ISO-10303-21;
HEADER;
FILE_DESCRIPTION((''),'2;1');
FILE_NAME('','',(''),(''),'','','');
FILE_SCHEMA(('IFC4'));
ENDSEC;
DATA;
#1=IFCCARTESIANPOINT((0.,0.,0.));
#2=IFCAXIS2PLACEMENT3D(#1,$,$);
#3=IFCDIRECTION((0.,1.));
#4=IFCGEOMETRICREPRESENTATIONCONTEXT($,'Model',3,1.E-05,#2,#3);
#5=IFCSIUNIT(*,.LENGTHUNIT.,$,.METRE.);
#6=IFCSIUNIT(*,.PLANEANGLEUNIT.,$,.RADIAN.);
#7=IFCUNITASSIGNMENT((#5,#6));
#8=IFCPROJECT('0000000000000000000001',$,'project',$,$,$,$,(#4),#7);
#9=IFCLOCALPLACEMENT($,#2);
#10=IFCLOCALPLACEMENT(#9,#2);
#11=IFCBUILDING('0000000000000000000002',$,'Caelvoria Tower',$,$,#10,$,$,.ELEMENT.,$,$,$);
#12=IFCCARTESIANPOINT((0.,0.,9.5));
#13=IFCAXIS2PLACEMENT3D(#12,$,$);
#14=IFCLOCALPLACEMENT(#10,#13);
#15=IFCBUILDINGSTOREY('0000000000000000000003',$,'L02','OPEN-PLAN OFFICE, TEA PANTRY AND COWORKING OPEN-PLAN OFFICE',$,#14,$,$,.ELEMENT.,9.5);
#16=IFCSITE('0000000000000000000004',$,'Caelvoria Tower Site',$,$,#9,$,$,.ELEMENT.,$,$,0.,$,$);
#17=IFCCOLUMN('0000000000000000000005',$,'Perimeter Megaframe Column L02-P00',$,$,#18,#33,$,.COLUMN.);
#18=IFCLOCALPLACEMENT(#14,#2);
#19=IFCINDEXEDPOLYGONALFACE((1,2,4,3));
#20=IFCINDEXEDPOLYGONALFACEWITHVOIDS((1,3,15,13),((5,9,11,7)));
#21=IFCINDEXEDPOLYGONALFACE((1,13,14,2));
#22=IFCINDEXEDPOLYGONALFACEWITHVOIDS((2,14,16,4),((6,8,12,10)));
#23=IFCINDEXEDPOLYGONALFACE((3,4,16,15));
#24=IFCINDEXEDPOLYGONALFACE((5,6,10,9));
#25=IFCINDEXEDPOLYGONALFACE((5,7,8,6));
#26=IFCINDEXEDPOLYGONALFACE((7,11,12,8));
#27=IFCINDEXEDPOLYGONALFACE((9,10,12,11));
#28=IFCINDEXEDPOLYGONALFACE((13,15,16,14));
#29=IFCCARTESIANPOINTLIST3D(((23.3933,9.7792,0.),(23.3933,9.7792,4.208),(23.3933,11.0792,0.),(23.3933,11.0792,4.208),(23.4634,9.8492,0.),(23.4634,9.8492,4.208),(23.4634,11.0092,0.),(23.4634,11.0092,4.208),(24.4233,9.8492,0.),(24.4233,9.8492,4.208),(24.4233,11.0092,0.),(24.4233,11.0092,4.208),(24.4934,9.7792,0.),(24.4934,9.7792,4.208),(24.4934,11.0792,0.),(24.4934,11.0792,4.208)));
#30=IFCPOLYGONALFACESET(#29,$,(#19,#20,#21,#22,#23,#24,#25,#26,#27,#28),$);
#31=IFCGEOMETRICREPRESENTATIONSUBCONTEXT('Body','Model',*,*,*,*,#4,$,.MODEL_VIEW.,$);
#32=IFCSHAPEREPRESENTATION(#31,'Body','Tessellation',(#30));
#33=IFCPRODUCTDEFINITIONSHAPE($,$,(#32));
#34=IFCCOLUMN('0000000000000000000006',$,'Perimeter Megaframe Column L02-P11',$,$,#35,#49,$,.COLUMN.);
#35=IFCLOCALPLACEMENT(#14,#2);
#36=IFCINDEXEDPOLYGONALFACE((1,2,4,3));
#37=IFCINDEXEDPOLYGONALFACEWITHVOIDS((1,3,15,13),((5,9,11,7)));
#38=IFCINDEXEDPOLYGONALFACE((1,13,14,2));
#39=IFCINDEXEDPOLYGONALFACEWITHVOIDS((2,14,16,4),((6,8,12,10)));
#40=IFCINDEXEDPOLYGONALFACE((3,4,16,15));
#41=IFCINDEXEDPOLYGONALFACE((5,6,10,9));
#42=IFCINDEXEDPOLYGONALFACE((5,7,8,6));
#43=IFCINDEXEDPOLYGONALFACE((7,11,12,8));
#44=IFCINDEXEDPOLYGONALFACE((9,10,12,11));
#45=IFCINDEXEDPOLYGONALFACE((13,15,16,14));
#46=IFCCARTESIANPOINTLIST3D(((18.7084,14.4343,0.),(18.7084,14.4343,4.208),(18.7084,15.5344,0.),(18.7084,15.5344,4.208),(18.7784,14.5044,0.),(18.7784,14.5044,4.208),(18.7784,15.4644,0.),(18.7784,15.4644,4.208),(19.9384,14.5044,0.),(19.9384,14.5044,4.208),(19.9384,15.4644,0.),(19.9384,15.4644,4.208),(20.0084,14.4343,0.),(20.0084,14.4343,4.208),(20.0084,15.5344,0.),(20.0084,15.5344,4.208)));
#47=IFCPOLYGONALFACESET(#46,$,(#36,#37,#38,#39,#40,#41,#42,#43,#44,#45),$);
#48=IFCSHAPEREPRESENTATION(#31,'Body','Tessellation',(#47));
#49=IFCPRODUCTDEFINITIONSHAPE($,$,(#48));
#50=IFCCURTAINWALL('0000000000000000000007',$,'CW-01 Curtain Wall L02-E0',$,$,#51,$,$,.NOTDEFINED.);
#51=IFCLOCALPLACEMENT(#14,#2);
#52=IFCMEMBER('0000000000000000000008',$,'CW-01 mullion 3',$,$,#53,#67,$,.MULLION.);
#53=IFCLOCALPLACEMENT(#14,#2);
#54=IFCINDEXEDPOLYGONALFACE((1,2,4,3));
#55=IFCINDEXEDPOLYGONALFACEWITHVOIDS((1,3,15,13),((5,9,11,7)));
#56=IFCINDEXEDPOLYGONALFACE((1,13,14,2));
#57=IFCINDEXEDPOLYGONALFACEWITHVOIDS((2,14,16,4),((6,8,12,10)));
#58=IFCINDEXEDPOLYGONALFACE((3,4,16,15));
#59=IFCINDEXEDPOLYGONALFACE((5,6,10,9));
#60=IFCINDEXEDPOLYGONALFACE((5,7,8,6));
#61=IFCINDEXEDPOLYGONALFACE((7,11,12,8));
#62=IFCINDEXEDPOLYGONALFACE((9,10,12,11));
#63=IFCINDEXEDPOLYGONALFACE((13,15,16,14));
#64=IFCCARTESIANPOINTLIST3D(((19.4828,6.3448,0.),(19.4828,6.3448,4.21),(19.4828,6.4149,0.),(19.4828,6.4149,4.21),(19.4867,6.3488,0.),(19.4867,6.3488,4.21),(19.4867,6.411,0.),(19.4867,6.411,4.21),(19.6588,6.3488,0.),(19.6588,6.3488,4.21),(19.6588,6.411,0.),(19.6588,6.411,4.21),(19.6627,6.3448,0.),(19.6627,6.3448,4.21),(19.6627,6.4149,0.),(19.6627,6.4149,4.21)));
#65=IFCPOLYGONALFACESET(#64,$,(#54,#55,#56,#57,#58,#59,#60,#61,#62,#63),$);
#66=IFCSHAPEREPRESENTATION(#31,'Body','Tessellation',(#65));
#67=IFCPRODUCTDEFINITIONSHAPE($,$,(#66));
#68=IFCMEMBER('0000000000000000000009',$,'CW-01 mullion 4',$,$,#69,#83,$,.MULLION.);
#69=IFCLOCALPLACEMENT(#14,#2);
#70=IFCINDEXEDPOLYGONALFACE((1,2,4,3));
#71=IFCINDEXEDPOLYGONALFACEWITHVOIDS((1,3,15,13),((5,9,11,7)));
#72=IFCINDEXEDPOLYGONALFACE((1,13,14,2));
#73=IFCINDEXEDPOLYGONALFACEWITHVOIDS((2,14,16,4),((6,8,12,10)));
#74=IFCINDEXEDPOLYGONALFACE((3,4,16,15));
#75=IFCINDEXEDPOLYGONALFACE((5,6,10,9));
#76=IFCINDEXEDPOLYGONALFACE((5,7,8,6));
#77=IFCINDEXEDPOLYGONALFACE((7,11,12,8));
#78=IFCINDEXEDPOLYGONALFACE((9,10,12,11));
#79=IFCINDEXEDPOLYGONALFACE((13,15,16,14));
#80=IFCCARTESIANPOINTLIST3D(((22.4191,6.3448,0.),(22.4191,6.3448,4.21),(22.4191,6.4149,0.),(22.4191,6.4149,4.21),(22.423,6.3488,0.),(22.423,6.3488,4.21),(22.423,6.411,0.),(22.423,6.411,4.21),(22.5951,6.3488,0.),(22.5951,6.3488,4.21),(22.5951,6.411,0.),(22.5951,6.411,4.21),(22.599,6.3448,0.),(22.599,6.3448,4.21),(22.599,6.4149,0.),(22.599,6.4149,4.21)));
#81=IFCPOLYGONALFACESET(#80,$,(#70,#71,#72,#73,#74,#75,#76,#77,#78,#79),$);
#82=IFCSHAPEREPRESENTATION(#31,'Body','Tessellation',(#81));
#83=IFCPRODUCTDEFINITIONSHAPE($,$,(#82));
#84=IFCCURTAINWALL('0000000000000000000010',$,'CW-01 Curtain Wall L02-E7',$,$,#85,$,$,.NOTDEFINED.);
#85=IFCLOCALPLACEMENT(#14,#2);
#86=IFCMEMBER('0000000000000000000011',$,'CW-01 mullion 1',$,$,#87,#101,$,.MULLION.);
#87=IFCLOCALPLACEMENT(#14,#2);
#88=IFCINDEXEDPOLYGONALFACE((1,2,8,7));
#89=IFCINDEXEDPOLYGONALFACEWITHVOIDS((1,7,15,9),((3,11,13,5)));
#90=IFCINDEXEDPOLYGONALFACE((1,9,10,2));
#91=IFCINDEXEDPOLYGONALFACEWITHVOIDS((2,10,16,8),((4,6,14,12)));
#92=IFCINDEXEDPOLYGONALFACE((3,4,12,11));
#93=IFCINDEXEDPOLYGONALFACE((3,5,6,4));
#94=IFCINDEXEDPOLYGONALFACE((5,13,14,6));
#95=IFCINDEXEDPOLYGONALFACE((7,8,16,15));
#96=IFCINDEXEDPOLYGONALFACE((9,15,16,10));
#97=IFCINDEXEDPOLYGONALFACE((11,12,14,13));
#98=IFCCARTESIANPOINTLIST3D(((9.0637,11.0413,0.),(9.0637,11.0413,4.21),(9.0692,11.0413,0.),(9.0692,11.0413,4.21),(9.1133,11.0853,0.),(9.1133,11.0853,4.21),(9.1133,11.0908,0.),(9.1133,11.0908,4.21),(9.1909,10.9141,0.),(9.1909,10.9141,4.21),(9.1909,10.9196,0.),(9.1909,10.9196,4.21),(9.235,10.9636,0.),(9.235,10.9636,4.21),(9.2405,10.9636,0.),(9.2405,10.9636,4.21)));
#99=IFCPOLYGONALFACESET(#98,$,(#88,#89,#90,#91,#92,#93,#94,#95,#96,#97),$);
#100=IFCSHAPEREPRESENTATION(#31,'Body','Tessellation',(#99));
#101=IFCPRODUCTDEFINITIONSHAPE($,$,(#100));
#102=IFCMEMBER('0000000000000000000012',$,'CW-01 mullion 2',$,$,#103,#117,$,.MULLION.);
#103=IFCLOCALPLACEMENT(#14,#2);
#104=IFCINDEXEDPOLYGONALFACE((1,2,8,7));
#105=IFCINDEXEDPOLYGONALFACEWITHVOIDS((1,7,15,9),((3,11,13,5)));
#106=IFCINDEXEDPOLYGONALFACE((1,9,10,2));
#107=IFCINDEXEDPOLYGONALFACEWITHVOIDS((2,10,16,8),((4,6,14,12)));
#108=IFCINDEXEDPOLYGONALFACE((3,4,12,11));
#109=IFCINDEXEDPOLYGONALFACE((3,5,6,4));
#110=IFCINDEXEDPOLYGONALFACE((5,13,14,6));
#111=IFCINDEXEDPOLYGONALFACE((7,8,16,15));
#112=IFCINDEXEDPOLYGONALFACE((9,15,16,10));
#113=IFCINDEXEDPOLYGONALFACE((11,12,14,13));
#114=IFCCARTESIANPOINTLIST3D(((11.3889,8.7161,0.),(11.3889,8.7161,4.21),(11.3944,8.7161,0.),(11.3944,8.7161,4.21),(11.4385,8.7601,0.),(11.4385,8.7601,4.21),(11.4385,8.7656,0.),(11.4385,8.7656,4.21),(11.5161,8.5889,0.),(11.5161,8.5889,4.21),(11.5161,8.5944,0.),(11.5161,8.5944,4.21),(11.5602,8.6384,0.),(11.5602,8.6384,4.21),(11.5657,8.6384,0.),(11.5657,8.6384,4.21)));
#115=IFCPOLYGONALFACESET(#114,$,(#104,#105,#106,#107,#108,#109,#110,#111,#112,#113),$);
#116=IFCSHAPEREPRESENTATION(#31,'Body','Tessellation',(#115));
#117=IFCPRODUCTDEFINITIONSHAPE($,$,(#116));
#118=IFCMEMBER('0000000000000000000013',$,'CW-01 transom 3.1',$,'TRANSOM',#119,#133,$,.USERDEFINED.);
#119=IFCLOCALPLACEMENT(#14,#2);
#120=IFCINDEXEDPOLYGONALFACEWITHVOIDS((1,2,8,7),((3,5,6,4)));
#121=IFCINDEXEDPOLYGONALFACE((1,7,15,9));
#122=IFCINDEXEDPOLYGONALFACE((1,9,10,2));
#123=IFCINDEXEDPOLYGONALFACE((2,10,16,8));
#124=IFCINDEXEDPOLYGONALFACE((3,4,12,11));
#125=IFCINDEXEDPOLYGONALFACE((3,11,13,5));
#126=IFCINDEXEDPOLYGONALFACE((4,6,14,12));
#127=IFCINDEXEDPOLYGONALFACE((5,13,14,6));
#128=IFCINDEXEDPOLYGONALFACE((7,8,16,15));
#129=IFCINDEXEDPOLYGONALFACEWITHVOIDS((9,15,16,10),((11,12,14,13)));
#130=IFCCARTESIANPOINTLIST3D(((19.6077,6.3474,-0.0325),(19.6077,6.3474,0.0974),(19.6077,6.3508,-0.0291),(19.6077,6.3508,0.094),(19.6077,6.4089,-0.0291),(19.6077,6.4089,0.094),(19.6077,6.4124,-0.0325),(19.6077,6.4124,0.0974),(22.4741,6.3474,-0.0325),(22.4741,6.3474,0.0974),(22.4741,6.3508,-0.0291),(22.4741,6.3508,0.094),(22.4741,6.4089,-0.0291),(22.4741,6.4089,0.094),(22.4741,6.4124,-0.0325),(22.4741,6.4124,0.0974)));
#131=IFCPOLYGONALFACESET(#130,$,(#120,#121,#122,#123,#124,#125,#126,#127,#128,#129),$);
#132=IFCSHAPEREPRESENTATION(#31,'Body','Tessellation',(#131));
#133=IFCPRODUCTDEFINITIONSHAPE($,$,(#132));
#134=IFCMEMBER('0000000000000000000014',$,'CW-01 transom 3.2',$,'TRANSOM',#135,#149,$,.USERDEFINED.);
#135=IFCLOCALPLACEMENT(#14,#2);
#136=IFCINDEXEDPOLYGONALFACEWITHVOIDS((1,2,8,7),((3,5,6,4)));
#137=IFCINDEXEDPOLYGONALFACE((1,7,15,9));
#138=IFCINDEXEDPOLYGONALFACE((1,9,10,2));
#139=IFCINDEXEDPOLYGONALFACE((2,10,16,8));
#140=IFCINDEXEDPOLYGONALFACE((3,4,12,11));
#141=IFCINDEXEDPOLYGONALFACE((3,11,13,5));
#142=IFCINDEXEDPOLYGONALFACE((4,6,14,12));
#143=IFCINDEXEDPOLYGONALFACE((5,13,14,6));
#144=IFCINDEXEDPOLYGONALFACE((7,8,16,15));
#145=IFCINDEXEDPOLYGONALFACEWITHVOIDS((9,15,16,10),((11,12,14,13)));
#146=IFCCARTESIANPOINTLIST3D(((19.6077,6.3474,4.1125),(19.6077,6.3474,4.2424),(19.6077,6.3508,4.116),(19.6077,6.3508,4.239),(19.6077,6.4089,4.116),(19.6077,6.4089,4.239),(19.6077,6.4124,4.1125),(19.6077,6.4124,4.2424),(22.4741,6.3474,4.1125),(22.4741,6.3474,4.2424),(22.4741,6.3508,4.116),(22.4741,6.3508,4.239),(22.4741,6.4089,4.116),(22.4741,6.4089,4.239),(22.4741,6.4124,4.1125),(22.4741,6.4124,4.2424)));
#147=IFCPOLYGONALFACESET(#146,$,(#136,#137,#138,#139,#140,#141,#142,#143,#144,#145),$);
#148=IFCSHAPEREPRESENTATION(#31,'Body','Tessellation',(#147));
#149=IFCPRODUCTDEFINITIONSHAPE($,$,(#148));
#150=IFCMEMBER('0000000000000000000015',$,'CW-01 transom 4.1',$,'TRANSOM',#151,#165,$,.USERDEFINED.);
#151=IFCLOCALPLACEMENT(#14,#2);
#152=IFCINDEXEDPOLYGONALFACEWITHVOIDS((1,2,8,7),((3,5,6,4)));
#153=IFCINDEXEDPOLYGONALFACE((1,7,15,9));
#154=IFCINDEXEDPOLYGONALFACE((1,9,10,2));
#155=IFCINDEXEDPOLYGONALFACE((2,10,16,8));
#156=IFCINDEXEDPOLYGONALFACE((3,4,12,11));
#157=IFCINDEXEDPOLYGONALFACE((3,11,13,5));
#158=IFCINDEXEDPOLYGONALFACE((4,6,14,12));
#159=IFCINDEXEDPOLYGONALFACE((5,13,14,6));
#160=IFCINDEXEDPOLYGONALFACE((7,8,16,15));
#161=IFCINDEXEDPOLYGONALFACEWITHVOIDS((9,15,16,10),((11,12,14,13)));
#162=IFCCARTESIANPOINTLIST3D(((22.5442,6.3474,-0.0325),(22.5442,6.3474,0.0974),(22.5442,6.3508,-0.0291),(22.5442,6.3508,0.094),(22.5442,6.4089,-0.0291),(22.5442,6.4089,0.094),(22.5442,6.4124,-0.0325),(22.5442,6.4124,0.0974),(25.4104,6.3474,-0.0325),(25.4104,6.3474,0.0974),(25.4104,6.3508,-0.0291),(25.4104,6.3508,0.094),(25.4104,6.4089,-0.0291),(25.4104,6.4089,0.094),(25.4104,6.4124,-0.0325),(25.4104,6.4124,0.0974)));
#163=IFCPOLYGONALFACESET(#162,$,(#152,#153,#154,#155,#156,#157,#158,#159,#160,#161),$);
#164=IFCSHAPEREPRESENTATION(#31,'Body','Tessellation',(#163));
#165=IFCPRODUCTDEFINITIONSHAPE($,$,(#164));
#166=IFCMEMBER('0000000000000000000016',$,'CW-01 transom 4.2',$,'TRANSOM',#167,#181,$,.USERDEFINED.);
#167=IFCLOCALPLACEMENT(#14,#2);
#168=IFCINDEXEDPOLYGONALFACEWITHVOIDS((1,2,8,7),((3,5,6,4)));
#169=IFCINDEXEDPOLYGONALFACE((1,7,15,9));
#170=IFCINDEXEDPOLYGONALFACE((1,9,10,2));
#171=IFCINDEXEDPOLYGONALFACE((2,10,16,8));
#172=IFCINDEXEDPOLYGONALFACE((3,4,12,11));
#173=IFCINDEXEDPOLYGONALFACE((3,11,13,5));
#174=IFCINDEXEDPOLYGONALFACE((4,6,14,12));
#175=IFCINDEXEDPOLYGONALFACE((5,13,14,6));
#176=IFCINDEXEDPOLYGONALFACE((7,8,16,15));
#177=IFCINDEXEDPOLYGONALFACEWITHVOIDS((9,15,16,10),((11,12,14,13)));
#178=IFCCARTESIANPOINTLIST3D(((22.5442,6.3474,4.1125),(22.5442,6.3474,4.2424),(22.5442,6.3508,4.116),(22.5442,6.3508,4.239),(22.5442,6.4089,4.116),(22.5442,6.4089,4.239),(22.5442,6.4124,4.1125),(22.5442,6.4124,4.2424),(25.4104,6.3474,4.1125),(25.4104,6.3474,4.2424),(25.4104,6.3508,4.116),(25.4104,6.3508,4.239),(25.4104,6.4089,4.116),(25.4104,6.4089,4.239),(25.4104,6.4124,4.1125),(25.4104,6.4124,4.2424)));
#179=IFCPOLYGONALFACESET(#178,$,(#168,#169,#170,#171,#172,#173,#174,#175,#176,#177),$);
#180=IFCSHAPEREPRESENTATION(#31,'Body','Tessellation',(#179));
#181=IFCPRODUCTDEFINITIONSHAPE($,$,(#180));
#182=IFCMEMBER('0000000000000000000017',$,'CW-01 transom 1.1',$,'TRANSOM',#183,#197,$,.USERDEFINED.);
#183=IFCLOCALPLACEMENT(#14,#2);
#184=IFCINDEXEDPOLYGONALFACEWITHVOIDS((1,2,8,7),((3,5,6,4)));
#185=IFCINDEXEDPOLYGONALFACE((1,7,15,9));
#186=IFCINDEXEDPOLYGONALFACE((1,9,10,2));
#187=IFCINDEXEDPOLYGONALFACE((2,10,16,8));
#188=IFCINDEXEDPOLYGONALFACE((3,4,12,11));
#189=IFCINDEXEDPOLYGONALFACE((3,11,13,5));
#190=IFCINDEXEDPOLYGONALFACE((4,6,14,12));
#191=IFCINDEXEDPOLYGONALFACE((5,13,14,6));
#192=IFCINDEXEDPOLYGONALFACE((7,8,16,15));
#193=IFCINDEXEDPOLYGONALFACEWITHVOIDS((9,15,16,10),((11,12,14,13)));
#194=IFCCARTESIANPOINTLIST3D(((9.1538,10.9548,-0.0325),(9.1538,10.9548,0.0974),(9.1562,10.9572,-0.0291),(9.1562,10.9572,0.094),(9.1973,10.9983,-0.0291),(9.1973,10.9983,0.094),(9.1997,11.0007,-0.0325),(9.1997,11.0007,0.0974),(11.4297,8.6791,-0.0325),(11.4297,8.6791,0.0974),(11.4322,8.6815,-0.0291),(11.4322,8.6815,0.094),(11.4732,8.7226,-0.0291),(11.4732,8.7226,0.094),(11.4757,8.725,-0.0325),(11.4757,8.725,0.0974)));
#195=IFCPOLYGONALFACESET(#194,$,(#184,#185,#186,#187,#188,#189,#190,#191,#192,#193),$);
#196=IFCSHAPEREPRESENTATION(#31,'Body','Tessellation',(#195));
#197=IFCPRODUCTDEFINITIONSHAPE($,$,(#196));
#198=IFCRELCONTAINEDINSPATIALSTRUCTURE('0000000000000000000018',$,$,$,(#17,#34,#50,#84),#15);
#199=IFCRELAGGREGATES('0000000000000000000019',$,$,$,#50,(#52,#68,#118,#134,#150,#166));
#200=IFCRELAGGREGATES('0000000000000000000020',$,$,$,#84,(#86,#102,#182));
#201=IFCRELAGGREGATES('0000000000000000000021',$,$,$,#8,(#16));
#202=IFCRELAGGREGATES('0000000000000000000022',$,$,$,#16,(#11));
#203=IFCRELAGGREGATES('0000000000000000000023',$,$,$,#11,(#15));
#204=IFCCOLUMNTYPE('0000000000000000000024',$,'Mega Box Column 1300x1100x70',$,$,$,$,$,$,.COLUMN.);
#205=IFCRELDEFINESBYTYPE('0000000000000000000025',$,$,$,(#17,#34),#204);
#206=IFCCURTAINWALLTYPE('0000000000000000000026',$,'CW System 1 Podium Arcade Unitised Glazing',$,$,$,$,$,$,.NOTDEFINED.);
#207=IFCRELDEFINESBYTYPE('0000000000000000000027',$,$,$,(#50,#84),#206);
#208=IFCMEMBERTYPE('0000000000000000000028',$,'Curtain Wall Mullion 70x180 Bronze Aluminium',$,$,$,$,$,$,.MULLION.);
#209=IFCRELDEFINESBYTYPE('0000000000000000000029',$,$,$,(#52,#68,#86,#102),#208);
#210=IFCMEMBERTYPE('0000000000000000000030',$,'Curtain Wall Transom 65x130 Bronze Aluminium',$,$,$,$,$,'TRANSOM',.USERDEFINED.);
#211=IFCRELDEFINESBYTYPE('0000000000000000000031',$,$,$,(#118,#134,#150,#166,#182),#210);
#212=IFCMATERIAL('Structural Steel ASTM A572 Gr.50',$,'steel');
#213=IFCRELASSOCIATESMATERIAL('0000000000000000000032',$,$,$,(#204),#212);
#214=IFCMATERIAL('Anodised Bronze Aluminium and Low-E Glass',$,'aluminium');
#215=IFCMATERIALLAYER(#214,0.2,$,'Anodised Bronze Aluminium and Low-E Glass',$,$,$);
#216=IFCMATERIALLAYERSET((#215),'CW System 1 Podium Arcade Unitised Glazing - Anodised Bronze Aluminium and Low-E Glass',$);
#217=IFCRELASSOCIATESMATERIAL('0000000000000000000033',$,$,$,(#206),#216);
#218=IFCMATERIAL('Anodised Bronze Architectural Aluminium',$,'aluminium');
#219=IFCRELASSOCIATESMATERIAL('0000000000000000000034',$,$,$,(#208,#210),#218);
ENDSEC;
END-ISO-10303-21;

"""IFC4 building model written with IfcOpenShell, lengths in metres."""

from ifc_helpers import new_model, si_unit, direction, frame, origin, origin_2d, place, context, subcontext, project, spatial, hollow_rectangle, extrude, material, layer, layer_set, material_profile, profile_set, type_object, element, aggregate, save


model = new_model("IFC4")

# Units and contexts
model_context = context("Model", 3, precision=1e-05, world=origin(), true_north=direction((0.0, 1.0)))
body_context = subcontext(model_context, "Body", "Model", "MODEL_VIEW")
ifc_project = project(units=[si_unit("LENGTHUNIT", "METRE"), si_unit("PLANEANGLEUNIT", "RADIAN")], contexts=[model_context])

# Site, building, storey
site_placement = place(None, origin())
site = spatial("IfcSite", under=ifc_project, at=site_placement, Name="Caelvoria Tower Site", CompositionType="ELEMENT", RefElevation=0.0)
building_placement = place(site_placement, origin())
building = spatial("IfcBuilding", under=site, at=building_placement, Name="Caelvoria Tower", CompositionType="ELEMENT")
storey_placement = place(building_placement, frame((0.0, 0.0, 9.5)))
storey = spatial("IfcBuildingStorey", under=building, at=storey_placement, Name="L02", Description="OPEN-PLAN OFFICE, TEA PANTRY AND COWORKING OPEN-PLAN OFFICE", CompositionType="ELEMENT", Elevation=9.5)

# Columns
ifc_material_1 = material(Name="Structural Steel ASTM A572 Gr.50", Category="steel")
ifc_material_profile_1 = material_profile(ifc_material_1, hollow_rectangle(XDim=1.1001, YDim=1.3, WallThickness=0.0701, at=origin_2d()), Name="Structural Steel ASTM A572 Gr.50")
ifc_profile_set_1 = profile_set([ifc_material_profile_1], Name="BOX1300X1100X70 - Structural Steel ASTM A572 Gr.50")
column_type = type_object("IfcColumnType", Name="Mega Box Column 1300x1100x70", PredefinedType="COLUMN", material=ifc_profile_set_1)
for number, where, z_axis, x_axis, name in (
    (1, (23.9434, 10.4292, 0.0), (0.0, 0.0, 1.0), (1.0, 0.0, 0.0), "Perimeter Megaframe Column L02-P00"),
    (2, (19.3584, 14.9844, 0.0), (0.0, 0.0, 1.0), (0.0, 1.0, 0.0), "Perimeter Megaframe Column L02-P11"),
):
    element("IfcColumn", number, at=place(storey_placement, frame(where, z_axis=z_axis, x_axis=x_axis)), inside=storey, type_object=column_type, Name=name, PredefinedType="COLUMN", context=body_context, shape_type="SweptSolid", body=[
        extrude(hollow_rectangle(XDim=1.1001, YDim=1.3, WallThickness=0.0701, at=origin_2d()), origin(), (0.0, 0.0, 1.0), 4.208),
    ])

# Curtain walls, members
ifc_material_2 = material(Name="Anodised Bronze Aluminium and Low-E Glass", Category="aluminium")
ifc_layer_1 = layer(ifc_material_2, 0.2, Name="Anodised Bronze Aluminium and Low-E Glass")
ifc_layer_set_1 = layer_set([ifc_layer_1], Name="CW System 1 Podium Arcade Unitised Glazing - Anodised Bronze Aluminium and Low-E Glass")
curtain_wall_type = type_object("IfcCurtainWallType", Name="CW System 1 Podium Arcade Unitised Glazing", PredefinedType="NOTDEFINED", material=ifc_layer_set_1)
curtain_wall_1_placement = place(storey_placement, origin())
curtain_wall_1 = element("IfcCurtainWall", 3, at=curtain_wall_1_placement, inside=storey, type_object=curtain_wall_type, Name="CW-01 Curtain Wall L02-E0", PredefinedType="NOTDEFINED")
ifc_material_3 = material(Name="Anodised Bronze Architectural Aluminium", Category="aluminium")
ifc_material_profile_2 = material_profile(ifc_material_3, hollow_rectangle(XDim=0.0701, YDim=0.1799, WallThickness=0.0039, at=origin_2d()), Name="Anodised Bronze Architectural Aluminium")
ifc_profile_set_2 = profile_set([ifc_material_profile_2], Name="CW_MULL_70X180 - Anodised Bronze Architectural Aluminium")
member_type_1 = type_object("IfcMemberType", Name="Curtain Wall Mullion 70x180 Bronze Aluminium", PredefinedType="MULLION", material=ifc_profile_set_2)
member_1_placement = place(storey_placement, frame((19.5728, 6.3799, 0.0), z_axis=(0.0, 0.0, 1.0), x_axis=(0.0, 1.0, 0.0)))
member_1 = element("IfcMember", 4, at=member_1_placement, type_object=member_type_1, Name="CW-01 mullion 3", PredefinedType="MULLION", context=body_context, shape_type="SweptSolid", body=[
    extrude(hollow_rectangle(XDim=0.0701, YDim=0.1799, WallThickness=0.0039, at=origin_2d()), origin(), (0.0, 0.0, 1.0), 4.21),
])
member_2_placement = place(storey_placement, frame((22.509, 6.3799, 0.0), z_axis=(0.0, 0.0, 1.0), x_axis=(0.0, 1.0, 0.0)))
member_2 = element("IfcMember", 5, at=member_2_placement, type_object=member_type_1, Name="CW-01 mullion 4", PredefinedType="MULLION", context=body_context, shape_type="SweptSolid", body=[
    extrude(hollow_rectangle(XDim=0.0701, YDim=0.1799, WallThickness=0.0039, at=origin_2d()), origin(), (0.0, 0.0, 1.0), 4.21),
])
curtain_wall_2_placement = place(storey_placement, origin())
curtain_wall_2 = element("IfcCurtainWall", 6, at=curtain_wall_2_placement, inside=storey, type_object=curtain_wall_type, Name="CW-01 Curtain Wall L02-E7", PredefinedType="NOTDEFINED")
member_3_placement = place(storey_placement, frame((9.1521, 11.0024, 0.0), z_axis=(0.0, 0.0, 1.0), x_axis=(0.707107, 0.707107, 0.0)))
member_3 = element("IfcMember", 7, at=member_3_placement, type_object=member_type_1, Name="CW-01 mullion 1", PredefinedType="MULLION", context=body_context, shape_type="SweptSolid", body=[
    extrude(hollow_rectangle(XDim=0.0701, YDim=0.1799, WallThickness=0.0039, at=origin_2d()), origin(), (0.0, 0.0, 1.0), 4.21),
])
member_4_placement = place(storey_placement, frame((11.4773, 8.6772, 0.0), z_axis=(0.0, 0.0, 1.0), x_axis=(0.707107, 0.707107, 0.0)))
member_4 = element("IfcMember", 8, at=member_4_placement, type_object=member_type_1, Name="CW-01 mullion 2", PredefinedType="MULLION", context=body_context, shape_type="SweptSolid", body=[
    extrude(hollow_rectangle(XDim=0.0701, YDim=0.1799, WallThickness=0.0039, at=origin_2d()), origin(), (0.0, 0.0, 1.0), 4.21),
])

# Members
ifc_material_profile_3 = material_profile(ifc_material_3, hollow_rectangle(XDim=0.0649, YDim=0.1299, WallThickness=0.0034, at=origin_2d()), Name="Anodised Bronze Architectural Aluminium")
ifc_profile_set_3 = profile_set([ifc_material_profile_3], Name="CW_TRAN_65X130 - Anodised Bronze Architectural Aluminium")
member_type_2 = type_object("IfcMemberType", Name="Curtain Wall Transom 65x130 Bronze Aluminium", ElementType="TRANSOM", PredefinedType="USERDEFINED", material=ifc_profile_set_3)
member_5_placement = place(storey_placement, frame((19.6077, 6.3799, 0.0325), z_axis=(1.0, 0.0, 0.0), x_axis=(0.0, 1.0, 0.0)))
member_5 = element("IfcMember", 9, at=member_5_placement, type_object=member_type_2, Name="CW-01 transom 3.1", ObjectType="TRANSOM", PredefinedType="USERDEFINED", context=body_context, shape_type="SweptSolid", body=[
    extrude(hollow_rectangle(XDim=0.0649, YDim=0.1299, WallThickness=0.0034, at=origin_2d()), origin(), (0.0, 0.0, 1.0), 2.8665),
])
member_6_placement = place(storey_placement, frame((19.6077, 6.3799, 4.1775), z_axis=(1.0, 0.0, 0.0), x_axis=(0.0, 1.0, 0.0)))
member_6 = element("IfcMember", 10, at=member_6_placement, type_object=member_type_2, Name="CW-01 transom 3.2", ObjectType="TRANSOM", PredefinedType="USERDEFINED", context=body_context, shape_type="SweptSolid", body=[
    extrude(hollow_rectangle(XDim=0.0649, YDim=0.1299, WallThickness=0.0034, at=origin_2d()), origin(), (0.0, 0.0, 1.0), 2.8665),
])
member_7_placement = place(storey_placement, frame((22.5442, 6.3799, 0.0325), z_axis=(1.0, 0.0, 0.0), x_axis=(0.0, 1.0, 0.0)))
member_7 = element("IfcMember", 11, at=member_7_placement, type_object=member_type_2, Name="CW-01 transom 4.1", ObjectType="TRANSOM", PredefinedType="USERDEFINED", context=body_context, shape_type="SweptSolid", body=[
    extrude(hollow_rectangle(XDim=0.0649, YDim=0.1299, WallThickness=0.0034, at=origin_2d()), origin(), (0.0, 0.0, 1.0), 2.8662),
])
member_8_placement = place(storey_placement, frame((22.5442, 6.3799, 4.1775), z_axis=(1.0, 0.0, 0.0), x_axis=(0.0, 1.0, 0.0)))
member_8 = element("IfcMember", 12, at=member_8_placement, type_object=member_type_2, Name="CW-01 transom 4.2", ObjectType="TRANSOM", PredefinedType="USERDEFINED", context=body_context, shape_type="SweptSolid", body=[
    extrude(hollow_rectangle(XDim=0.0649, YDim=0.1299, WallThickness=0.0034, at=origin_2d()), origin(), (0.0, 0.0, 1.0), 2.8662),
])
member_9_placement = place(storey_placement, frame((9.1768, 10.9778, 0.0325), z_axis=(0.707145, -0.707069, 0.0), x_axis=(0.707069, 0.707145, 0.0)))
member_9 = element("IfcMember", 13, at=member_9_placement, type_object=member_type_2, Name="CW-01 transom 1.1", ObjectType="TRANSOM", PredefinedType="USERDEFINED", context=body_context, shape_type="SweptSolid", body=[
    extrude(hollow_rectangle(XDim=0.0649, YDim=0.1299, WallThickness=0.0034, at=origin_2d()), origin(), (0.0, 0.0, 1.0), 3.2185),
])

aggregate(curtain_wall_1, [member_1, member_2, member_5, member_6, member_7, member_8])
aggregate(curtain_wall_2, [member_3, member_4, member_9])

save(model, "model.ifc")
